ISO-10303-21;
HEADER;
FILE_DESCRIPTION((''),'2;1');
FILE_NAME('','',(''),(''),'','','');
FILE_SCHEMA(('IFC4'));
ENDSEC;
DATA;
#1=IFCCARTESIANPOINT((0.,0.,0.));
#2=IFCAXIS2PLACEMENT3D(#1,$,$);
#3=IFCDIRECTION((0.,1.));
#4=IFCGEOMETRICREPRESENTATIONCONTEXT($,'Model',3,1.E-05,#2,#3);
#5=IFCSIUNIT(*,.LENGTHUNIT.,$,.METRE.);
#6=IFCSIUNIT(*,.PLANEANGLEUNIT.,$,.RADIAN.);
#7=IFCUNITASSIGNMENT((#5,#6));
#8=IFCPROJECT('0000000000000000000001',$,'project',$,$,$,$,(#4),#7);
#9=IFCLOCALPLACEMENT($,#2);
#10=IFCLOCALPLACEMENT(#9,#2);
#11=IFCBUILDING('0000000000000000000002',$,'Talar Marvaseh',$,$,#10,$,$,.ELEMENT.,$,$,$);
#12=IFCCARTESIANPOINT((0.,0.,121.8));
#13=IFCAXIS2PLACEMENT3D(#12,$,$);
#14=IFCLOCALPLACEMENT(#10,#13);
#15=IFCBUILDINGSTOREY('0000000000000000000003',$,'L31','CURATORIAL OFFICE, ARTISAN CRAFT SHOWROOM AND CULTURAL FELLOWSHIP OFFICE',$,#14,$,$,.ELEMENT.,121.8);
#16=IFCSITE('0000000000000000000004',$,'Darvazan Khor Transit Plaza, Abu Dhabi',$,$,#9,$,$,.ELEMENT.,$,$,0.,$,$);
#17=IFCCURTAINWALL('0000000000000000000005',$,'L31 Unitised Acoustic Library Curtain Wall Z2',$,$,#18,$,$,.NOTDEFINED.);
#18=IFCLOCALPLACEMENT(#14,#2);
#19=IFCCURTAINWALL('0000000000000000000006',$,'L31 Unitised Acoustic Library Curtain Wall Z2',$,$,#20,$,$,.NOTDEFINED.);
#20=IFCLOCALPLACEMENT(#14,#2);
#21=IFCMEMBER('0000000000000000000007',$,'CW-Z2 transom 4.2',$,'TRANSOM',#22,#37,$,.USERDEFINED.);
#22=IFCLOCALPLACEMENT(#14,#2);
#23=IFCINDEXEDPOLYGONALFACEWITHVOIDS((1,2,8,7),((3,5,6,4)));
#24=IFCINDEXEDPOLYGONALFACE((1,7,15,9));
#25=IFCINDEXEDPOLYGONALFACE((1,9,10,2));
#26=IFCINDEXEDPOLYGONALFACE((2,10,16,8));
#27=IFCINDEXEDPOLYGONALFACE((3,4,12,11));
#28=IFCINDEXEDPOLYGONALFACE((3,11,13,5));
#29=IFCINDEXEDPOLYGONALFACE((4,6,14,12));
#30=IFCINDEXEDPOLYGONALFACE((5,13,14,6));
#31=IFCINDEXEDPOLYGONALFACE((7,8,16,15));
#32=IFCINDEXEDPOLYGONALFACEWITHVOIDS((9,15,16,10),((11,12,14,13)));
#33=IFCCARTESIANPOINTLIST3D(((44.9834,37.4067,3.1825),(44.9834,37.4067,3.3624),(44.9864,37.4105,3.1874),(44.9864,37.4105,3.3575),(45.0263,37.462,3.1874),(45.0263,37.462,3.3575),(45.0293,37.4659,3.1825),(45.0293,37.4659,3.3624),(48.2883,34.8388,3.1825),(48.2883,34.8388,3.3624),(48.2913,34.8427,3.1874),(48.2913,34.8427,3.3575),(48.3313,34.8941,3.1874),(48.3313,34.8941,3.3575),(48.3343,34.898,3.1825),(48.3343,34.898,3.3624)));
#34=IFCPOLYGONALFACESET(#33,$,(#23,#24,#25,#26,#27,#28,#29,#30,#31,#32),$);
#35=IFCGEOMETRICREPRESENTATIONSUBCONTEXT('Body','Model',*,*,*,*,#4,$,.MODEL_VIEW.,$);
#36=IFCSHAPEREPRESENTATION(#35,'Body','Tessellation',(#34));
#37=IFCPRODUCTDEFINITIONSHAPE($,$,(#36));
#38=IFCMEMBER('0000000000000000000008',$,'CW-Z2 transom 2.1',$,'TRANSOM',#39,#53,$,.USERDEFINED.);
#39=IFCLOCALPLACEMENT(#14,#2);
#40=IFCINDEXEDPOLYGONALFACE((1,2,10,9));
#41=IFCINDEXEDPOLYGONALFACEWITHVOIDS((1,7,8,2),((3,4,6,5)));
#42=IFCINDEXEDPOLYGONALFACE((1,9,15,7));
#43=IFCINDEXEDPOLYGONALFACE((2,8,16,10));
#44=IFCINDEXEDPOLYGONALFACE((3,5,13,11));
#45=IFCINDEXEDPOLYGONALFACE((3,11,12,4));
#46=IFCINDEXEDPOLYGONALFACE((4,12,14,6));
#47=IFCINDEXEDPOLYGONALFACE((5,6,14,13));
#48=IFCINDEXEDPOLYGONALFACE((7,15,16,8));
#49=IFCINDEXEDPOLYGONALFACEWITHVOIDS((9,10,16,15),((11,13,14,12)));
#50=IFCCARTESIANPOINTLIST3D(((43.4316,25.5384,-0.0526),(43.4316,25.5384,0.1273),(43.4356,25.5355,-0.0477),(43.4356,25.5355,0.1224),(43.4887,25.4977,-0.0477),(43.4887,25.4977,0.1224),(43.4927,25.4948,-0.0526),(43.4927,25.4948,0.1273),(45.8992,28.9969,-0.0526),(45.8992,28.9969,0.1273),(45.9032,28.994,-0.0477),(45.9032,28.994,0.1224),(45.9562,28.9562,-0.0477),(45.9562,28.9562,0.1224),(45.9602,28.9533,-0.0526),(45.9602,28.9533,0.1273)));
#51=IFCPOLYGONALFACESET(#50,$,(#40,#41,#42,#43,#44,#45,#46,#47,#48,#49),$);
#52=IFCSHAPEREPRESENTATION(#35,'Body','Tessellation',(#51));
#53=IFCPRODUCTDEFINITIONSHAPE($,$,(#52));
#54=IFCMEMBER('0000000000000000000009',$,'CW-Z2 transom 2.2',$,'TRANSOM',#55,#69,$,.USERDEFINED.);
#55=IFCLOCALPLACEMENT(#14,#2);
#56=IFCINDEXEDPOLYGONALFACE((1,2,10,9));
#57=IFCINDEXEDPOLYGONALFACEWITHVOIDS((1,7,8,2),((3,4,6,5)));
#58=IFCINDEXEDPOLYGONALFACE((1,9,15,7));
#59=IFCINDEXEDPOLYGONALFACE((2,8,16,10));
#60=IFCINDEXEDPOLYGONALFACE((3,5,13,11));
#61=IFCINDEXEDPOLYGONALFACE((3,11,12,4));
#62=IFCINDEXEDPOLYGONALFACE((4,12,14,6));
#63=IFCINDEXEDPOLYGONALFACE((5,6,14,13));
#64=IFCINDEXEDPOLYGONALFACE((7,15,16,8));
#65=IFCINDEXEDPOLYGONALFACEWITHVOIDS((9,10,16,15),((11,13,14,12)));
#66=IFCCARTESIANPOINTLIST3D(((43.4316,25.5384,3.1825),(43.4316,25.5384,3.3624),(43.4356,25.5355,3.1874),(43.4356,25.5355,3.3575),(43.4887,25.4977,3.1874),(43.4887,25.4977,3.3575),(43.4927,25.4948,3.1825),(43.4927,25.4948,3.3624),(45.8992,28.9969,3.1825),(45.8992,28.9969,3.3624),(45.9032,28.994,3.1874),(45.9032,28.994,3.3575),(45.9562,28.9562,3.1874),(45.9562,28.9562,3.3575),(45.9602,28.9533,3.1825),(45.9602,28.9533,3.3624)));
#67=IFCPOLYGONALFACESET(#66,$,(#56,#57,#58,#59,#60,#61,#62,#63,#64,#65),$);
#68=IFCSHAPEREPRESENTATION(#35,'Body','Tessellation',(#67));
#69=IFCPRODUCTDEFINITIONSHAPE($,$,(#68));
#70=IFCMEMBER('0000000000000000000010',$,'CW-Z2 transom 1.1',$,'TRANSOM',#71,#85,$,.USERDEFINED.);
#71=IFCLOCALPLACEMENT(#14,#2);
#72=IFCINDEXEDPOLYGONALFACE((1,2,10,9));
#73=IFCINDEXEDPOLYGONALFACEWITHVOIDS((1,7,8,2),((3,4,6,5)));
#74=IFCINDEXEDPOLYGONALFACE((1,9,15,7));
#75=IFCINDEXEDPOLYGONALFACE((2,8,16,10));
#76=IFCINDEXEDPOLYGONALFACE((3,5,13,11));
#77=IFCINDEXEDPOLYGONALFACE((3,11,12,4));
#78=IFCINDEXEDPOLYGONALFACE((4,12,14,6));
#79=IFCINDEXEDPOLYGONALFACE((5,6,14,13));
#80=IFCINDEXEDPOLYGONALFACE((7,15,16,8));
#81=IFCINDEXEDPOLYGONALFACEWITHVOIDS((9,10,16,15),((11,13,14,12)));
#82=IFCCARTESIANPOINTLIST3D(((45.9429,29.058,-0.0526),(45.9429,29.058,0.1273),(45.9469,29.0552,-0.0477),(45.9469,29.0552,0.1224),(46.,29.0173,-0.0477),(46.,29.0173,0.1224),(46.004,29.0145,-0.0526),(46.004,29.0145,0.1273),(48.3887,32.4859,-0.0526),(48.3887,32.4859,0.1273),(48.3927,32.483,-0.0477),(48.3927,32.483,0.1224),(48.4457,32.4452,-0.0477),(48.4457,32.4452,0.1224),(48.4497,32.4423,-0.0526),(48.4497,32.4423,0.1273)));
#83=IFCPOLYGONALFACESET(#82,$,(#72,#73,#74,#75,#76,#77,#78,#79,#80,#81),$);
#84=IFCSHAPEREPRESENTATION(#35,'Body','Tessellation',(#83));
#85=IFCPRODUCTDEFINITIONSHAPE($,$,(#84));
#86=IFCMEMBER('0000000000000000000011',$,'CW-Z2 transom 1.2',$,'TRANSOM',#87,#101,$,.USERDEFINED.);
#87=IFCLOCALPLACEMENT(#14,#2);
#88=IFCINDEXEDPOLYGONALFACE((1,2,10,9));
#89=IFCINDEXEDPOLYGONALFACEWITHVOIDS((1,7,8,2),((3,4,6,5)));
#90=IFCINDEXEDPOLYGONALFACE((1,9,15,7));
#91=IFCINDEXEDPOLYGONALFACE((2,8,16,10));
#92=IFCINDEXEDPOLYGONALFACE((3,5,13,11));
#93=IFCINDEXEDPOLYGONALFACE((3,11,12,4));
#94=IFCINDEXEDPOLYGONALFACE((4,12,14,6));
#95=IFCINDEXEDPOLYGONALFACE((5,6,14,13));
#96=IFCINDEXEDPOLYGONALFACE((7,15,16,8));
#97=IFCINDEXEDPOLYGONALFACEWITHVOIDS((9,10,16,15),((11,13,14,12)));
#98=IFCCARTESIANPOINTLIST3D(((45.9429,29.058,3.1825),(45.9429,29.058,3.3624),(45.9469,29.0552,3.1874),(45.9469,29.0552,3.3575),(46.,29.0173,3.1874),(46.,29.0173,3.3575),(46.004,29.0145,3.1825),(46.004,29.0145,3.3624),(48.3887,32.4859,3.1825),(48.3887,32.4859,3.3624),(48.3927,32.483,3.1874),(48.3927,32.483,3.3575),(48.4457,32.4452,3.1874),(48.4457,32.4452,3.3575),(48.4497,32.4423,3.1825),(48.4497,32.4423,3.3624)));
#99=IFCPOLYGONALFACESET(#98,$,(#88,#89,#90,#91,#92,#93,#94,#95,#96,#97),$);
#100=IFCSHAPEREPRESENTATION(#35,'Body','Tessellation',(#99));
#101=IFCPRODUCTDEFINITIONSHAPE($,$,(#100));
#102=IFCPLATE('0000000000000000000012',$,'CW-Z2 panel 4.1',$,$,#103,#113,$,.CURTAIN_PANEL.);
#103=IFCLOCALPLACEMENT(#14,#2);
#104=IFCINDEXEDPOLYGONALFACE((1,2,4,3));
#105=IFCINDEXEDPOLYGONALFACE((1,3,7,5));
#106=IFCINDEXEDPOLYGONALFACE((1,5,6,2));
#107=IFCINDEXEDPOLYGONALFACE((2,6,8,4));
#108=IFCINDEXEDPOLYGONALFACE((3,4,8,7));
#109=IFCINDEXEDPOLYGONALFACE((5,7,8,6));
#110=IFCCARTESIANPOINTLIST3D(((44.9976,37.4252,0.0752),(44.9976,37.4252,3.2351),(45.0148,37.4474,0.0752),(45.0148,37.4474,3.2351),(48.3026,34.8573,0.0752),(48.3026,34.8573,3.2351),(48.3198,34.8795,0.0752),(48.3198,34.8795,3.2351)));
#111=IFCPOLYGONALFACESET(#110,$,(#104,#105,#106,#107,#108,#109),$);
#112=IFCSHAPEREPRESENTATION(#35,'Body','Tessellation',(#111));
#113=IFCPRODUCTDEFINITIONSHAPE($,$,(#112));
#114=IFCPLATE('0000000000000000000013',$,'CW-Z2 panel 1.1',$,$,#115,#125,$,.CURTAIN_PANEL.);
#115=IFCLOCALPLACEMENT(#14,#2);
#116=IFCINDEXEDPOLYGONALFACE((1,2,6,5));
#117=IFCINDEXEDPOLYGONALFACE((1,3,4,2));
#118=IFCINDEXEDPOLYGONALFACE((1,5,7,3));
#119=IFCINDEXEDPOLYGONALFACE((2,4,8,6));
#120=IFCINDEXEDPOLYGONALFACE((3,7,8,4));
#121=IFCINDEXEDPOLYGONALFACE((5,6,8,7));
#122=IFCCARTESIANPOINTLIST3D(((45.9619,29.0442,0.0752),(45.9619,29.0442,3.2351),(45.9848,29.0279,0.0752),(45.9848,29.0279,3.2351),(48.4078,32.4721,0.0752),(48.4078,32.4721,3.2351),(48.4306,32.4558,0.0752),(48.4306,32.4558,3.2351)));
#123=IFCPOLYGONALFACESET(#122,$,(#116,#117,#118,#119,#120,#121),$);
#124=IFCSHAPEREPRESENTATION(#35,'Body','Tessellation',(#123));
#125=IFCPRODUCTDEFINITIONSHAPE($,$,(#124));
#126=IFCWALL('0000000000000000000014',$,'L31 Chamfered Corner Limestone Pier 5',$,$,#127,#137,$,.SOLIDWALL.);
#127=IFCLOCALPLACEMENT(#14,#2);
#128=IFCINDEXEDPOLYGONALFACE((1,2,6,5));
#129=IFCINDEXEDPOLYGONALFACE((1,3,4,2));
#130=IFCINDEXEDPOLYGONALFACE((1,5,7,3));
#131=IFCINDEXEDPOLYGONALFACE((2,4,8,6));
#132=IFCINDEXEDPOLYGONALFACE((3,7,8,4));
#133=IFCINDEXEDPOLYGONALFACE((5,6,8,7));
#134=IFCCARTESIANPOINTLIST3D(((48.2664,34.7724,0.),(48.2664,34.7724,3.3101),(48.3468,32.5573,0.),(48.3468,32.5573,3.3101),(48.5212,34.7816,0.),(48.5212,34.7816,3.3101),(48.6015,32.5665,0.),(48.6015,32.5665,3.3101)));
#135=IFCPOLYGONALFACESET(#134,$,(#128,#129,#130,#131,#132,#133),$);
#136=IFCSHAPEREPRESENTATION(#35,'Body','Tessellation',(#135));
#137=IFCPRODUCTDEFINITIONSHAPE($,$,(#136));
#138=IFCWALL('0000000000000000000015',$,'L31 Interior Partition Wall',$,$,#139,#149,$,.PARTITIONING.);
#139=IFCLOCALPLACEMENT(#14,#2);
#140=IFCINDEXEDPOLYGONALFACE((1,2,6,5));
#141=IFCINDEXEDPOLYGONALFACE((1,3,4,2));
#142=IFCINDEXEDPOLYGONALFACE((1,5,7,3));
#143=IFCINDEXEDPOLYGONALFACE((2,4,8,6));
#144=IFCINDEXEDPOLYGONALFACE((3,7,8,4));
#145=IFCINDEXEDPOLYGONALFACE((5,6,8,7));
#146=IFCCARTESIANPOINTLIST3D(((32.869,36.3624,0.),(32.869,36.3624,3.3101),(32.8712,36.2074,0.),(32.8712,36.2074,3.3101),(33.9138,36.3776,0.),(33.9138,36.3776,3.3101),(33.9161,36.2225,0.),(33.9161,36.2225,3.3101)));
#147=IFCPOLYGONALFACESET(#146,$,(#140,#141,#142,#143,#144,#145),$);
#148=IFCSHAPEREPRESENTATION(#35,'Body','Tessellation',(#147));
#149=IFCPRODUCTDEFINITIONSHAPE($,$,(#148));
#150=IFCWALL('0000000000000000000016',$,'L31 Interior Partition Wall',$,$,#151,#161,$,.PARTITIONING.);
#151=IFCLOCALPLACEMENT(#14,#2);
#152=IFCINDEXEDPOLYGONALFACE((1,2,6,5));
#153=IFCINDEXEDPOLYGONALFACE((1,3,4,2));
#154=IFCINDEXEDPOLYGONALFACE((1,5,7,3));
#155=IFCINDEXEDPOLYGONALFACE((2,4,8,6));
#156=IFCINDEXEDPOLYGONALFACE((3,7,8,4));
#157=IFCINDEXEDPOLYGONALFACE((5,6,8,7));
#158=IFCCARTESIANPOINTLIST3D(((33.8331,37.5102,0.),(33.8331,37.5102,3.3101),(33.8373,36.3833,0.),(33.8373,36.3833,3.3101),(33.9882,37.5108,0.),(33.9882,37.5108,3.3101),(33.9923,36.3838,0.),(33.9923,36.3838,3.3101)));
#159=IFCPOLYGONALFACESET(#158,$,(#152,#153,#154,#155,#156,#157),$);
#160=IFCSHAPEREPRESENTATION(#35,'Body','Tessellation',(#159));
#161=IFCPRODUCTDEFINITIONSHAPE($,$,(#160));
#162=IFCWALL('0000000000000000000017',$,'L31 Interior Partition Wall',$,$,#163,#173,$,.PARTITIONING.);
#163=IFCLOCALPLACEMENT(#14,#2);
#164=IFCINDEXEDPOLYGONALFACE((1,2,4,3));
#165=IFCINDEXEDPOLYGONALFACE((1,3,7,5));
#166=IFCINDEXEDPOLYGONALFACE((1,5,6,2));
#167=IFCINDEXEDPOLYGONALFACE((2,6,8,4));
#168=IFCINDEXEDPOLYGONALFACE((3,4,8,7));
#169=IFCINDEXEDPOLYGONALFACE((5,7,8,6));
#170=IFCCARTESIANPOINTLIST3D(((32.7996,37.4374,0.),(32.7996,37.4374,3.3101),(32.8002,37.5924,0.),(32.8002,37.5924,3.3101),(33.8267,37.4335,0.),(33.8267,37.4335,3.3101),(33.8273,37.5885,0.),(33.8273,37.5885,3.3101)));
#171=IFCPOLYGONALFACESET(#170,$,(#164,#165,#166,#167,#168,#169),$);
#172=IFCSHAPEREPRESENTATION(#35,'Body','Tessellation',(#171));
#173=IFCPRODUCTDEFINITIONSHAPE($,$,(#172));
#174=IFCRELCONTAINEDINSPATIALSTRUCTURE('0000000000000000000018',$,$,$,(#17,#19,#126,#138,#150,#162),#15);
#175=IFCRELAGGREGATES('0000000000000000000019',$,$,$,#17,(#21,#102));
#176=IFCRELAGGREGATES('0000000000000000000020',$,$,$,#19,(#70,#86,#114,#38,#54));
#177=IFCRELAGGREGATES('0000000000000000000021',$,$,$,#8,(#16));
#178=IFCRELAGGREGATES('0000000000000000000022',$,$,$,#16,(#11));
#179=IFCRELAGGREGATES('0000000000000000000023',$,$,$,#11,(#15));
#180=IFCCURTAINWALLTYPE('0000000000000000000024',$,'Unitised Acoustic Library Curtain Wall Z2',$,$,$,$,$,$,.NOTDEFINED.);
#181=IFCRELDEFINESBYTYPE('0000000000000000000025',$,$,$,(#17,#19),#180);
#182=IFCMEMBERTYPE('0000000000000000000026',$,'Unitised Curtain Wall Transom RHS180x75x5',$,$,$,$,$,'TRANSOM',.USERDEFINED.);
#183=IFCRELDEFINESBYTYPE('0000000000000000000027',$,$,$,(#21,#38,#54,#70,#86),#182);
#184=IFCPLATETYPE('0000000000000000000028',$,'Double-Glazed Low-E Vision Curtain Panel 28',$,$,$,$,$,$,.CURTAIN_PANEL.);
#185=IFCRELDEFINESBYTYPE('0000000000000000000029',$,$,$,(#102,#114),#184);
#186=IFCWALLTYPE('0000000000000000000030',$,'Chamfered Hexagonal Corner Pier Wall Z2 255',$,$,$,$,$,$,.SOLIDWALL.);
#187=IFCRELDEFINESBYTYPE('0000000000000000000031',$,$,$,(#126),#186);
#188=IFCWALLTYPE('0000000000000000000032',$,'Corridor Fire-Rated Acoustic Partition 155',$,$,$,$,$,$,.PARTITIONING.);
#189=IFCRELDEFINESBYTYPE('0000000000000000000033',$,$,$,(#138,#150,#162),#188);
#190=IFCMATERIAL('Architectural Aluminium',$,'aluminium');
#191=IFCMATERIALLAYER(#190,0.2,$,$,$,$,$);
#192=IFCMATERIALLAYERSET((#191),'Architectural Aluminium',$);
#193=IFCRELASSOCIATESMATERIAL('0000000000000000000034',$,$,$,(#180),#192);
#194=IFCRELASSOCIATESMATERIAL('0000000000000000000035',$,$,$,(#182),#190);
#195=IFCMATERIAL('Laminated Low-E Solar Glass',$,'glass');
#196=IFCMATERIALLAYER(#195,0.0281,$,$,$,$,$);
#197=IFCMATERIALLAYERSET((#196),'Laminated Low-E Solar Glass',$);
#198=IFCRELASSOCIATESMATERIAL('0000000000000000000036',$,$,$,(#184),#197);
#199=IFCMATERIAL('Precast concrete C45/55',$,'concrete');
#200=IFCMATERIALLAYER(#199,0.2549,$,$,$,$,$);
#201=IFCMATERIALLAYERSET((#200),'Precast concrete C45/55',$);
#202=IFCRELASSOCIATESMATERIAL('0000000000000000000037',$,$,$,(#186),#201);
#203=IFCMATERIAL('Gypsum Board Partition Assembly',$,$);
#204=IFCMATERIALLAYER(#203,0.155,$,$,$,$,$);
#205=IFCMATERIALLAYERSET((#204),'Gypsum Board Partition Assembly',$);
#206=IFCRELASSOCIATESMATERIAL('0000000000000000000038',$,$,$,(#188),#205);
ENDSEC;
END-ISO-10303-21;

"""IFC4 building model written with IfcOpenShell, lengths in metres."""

from ifc_helpers import new_model, si_unit, direction, frame, frame_2d, origin, origin_2d, place, context, subcontext, project, spatial, rectangle, hollow_rectangle, extrude, source, transform, mapped, material, layer, layer_set, material_profile, profile_set, type_object, type_shapes, element, aggregate, save


model = new_model("IFC4")

# Units and contexts
model_context = context("Model", 3, precision=1e-05, world=origin(), true_north=direction((0.0, 1.0)))
body_context = subcontext(model_context, "Body", "Model", "MODEL_VIEW")
ifc_project = project(units=[si_unit("LENGTHUNIT", "METRE"), si_unit("PLANEANGLEUNIT", "RADIAN")], contexts=[model_context])

# Site, building, storey
site_placement = place(None, origin())
site = spatial("IfcSite", under=ifc_project, at=site_placement, Name="Darvazan Khor Transit Plaza, Abu Dhabi", CompositionType="ELEMENT", RefElevation=0.0)
building_placement = place(site_placement, origin())
building = spatial("IfcBuilding", under=site, at=building_placement, Name="Talar Marvaseh", CompositionType="ELEMENT")
storey_placement = place(building_placement, frame((0.0, 0.0, 121.8)))
storey = spatial("IfcBuildingStorey", under=building, at=storey_placement, Name="L31", Description="CURATORIAL OFFICE, ARTISAN CRAFT SHOWROOM AND CULTURAL FELLOWSHIP OFFICE", CompositionType="ELEMENT", Elevation=121.8)

# Curtain walls
ifc_material_1 = material(Name="Architectural Aluminium", Category="aluminium")
ifc_layer_1 = layer(ifc_material_1, 0.2)
ifc_layer_set_1 = layer_set([ifc_layer_1], Name="Architectural Aluminium")
curtain_wall_type = type_object("IfcCurtainWallType", Name="Unitised Acoustic Library Curtain Wall Z2", PredefinedType="NOTDEFINED", material=ifc_layer_set_1)
curtain_wall_1_placement = place(storey_placement, origin())
curtain_wall_1 = element("IfcCurtainWall", 1, at=curtain_wall_1_placement, inside=storey, type_object=curtain_wall_type, Name="L31 Unitised Acoustic Library Curtain Wall Z2", PredefinedType="NOTDEFINED")
curtain_wall_2_placement = place(storey_placement, origin())
curtain_wall_2 = element("IfcCurtainWall", 2, at=curtain_wall_2_placement, inside=storey, type_object=curtain_wall_type, Name="L31 Unitised Acoustic Library Curtain Wall Z2", PredefinedType="NOTDEFINED")

# Members
ifc_material_profile_1 = material_profile(ifc_material_1, hollow_rectangle(XDim=0.075, YDim=0.1799, WallThickness=0.0049, at=origin_2d()), Name="RHS180x75x5")
ifc_profile_set_1 = profile_set([ifc_material_profile_1], Name="Architectural Aluminium")
member_type_1 = type_object("IfcMemberType", Name="Unitised Curtain Wall Transom RHS180x75x5", ElementType="TRANSOM", PredefinedType="USERDEFINED", material=ifc_profile_set_1)
shared_shape_1 = source(origin(), body_context, "Body", "SweptSolid", [
    extrude(hollow_rectangle(XDim=0.075, YDim=0.1799, WallThickness=0.0049, at=origin_2d()), origin(), (0.0, 0.0, 1.0), 4.1853),
])
member_1_placement = place(storey_placement, frame((45.0063, 37.4363, 3.2725), z_axis=(0.789657, -0.613549, 0.0), x_axis=(0.613549, 0.789657, 0.0)))
member_1 = element("IfcMember", 3, at=member_1_placement, type_object=member_type_1, Name="CW-Z2 transom 4.2", ObjectType="TRANSOM", PredefinedType="USERDEFINED", context=body_context, shape_type="MappedRepresentation", body=[
    mapped(shared_shape_1, transform((0.0, 0.0, 0.0), x_axis=(1.0, 0.0, 0.0), y_axis=(0.0, 1.0, 0.0), z_axis=(0.0, 0.0, 1.0), scale=1.0)),
])
shared_shape_2 = source(origin(), body_context, "Body", "SweptSolid", [
    extrude(hollow_rectangle(XDim=0.075, YDim=0.1799, WallThickness=0.0049, at=origin_2d()), origin(), (0.0, 0.0, 1.0), 4.2485),
])
member_2_placement = place(storey_placement, frame((45.9297, 28.9751, 0.0374), z_axis=(-0.580798, -0.814048, 0.0), x_axis=(0.814048, -0.580798, 0.0)))
member_2 = element("IfcMember", 4, at=member_2_placement, type_object=member_type_1, Name="CW-Z2 transom 2.1", ObjectType="TRANSOM", PredefinedType="USERDEFINED", context=body_context, shape_type="MappedRepresentation", body=[
    mapped(shared_shape_2, transform((0.0, 0.0, 0.0), x_axis=(1.0, 0.0, 0.0), y_axis=(0.0, 1.0, 0.0), z_axis=(0.0, 0.0, 1.0), scale=1.0)),
])
member_3_placement = place(storey_placement, frame((45.9297, 28.9751, 3.2725), z_axis=(-0.580798, -0.814048, 0.0), x_axis=(0.814048, -0.580798, 0.0)))
member_3 = element("IfcMember", 5, at=member_3_placement, type_object=member_type_1, Name="CW-Z2 transom 2.2", ObjectType="TRANSOM", PredefinedType="USERDEFINED", context=body_context, shape_type="MappedRepresentation", body=[
    mapped(shared_shape_2, transform((0.0, 0.0, 0.0), x_axis=(1.0, 0.0, 0.0), y_axis=(0.0, 1.0, 0.0), z_axis=(0.0, 0.0, 1.0), scale=1.0)),
])
shared_shape_3 = source(origin(), body_context, "Body", "SweptSolid", [
    extrude(hollow_rectangle(XDim=0.075, YDim=0.1799, WallThickness=0.0049, at=origin_2d()), origin(), (0.0, 0.0, 1.0), 4.2109),
])
type_shapes(member_type_1, [shared_shape_1, shared_shape_2, shared_shape_3])
member_4_placement = place(storey_placement, frame((48.4192, 32.4641, 0.0374), z_axis=(-0.580805, -0.814043, 0.0), x_axis=(0.814043, -0.580805, 0.0)))
member_4 = element("IfcMember", 6, at=member_4_placement, type_object=member_type_1, Name="CW-Z2 transom 1.1", ObjectType="TRANSOM", PredefinedType="USERDEFINED", context=body_context, shape_type="MappedRepresentation", body=[
    mapped(shared_shape_3, transform((0.0, 0.0, 0.0), x_axis=(1.0, 0.0, 0.0), y_axis=(0.0, 1.0, 0.0), z_axis=(0.0, 0.0, 1.0), scale=1.0)),
])
member_5_placement = place(storey_placement, frame((48.4192, 32.4641, 3.2725), z_axis=(-0.580805, -0.814043, 0.0), x_axis=(0.814043, -0.580805, 0.0)))
member_5 = element("IfcMember", 7, at=member_5_placement, type_object=member_type_1, Name="CW-Z2 transom 1.2", ObjectType="TRANSOM", PredefinedType="USERDEFINED", context=body_context, shape_type="MappedRepresentation", body=[
    mapped(shared_shape_3, transform((0.0, 0.0, 0.0), x_axis=(1.0, 0.0, 0.0), y_axis=(0.0, 1.0, 0.0), z_axis=(0.0, 0.0, 1.0), scale=1.0)),
])

# Plates
ifc_material_2 = material(Name="Laminated Low-E Solar Glass", Category="glass")
ifc_layer_2 = layer(ifc_material_2, 0.0281)
ifc_layer_set_2 = layer_set([ifc_layer_2], Name="Laminated Low-E Solar Glass")
plate_type = type_object("IfcPlateType", Name="Double-Glazed Low-E Vision Curtain Panel 28", PredefinedType="CURTAIN_PANEL", material=ifc_layer_set_2)
shared_shape_4 = source(origin(), body_context, "Body", "SweptSolid", [
    extrude(rectangle(XDim=4.1853, YDim=0.0281, at=origin_2d()), origin(), (0.0, 0.0, 1.0), 3.1599),
])
plate_1_placement = place(storey_placement, frame((46.6587, 36.1523, 0.0752), z_axis=(0.0, 0.0, 1.0), x_axis=(0.78966, -0.613545, 0.0)))
plate_1 = element("IfcPlate", 8, at=plate_1_placement, type_object=plate_type, Name="CW-Z2 panel 4.1", PredefinedType="CURTAIN_PANEL", context=body_context, shape_type="MappedRepresentation", body=[
    mapped(shared_shape_4, transform((0.0, 0.0, 0.0), x_axis=(1.0, 0.0, 0.0), y_axis=(0.0, 1.0, 0.0), z_axis=(0.0, 0.0, 1.0), scale=1.0)),
])
aggregate(curtain_wall_1, [member_1, plate_1])
shared_shape_5 = source(origin(), body_context, "Body", "SweptSolid", [
    extrude(rectangle(XDim=4.2109, YDim=0.0281, at=origin_2d()), origin(), (0.0, 0.0, 1.0), 3.1599),
])
type_shapes(plate_type, [shared_shape_4, shared_shape_5])
plate_2_placement = place(storey_placement, frame((47.1963, 30.75, 0.0752), z_axis=(0.0, 0.0, 1.0), x_axis=(-0.580829, -0.814026, 0.0)))
plate_2 = element("IfcPlate", 9, at=plate_2_placement, type_object=plate_type, Name="CW-Z2 panel 1.1", PredefinedType="CURTAIN_PANEL", context=body_context, shape_type="MappedRepresentation", body=[
    mapped(shared_shape_5, transform((0.0, 0.0, 0.0), x_axis=(1.0, 0.0, 0.0), y_axis=(0.0, 1.0, 0.0), z_axis=(0.0, 0.0, 1.0), scale=1.0)),
])
aggregate(curtain_wall_2, [member_4, member_5, plate_2, member_2, member_3])

# Walls
ifc_material_3 = material(Name="Precast concrete C45/55", Category="concrete")
ifc_layer_3 = layer(ifc_material_3, 0.2549)
ifc_layer_set_3 = layer_set([ifc_layer_3], Name="Precast concrete C45/55")
wall_type_1 = type_object("IfcWallType", Name="Chamfered Hexagonal Corner Pier Wall Z2 255", PredefinedType="SOLIDWALL", material=ifc_layer_set_3)
wall_1_placement = place(storey_placement, frame((48.3938, 34.7771, 0.0), z_axis=(0.0, 0.0, 1.0), x_axis=(0.036238, -0.999343, 0.0)))
element("IfcWall", 10, at=wall_1_placement, inside=storey, type_object=wall_type_1, Name="L31 Chamfered Corner Limestone Pier 5", PredefinedType="SOLIDWALL", context=body_context, shape_type="SweptSolid", body=[
    extrude(rectangle(XDim=2.2166, YDim=0.2549, at=frame_2d((1.1084, 0.0))), origin(), (0.0, 0.0, 1.0), 3.3101),
])
ifc_material_4 = material(Name="Gypsum Board Partition Assembly")
ifc_layer_4 = layer(ifc_material_4, 0.155)
ifc_layer_set_4 = layer_set([ifc_layer_4], Name="Gypsum Board Partition Assembly")
wall_type_2 = type_object("IfcWallType", Name="Corridor Fire-Rated Acoustic Partition 155", PredefinedType="PARTITIONING", material=ifc_layer_set_4)
wall_2_placement = place(storey_placement, frame((32.8701, 36.2849, 0.0), z_axis=(0.0, 0.0, 1.0), x_axis=(0.999895, 0.014484, 0.0)))
element("IfcWall", 11, at=wall_2_placement, inside=storey, type_object=wall_type_2, Name="L31 Interior Partition Wall", PredefinedType="PARTITIONING", context=body_context, shape_type="SweptSolid", body=[
    extrude(rectangle(XDim=1.0449, YDim=0.155, at=frame_2d((0.5225, 0.0))), origin(), (0.0, 0.0, 1.0), 3.3101),
])
wall_3_placement = place(storey_placement, frame((33.9148, 36.3835, 0.0), z_axis=(0.0, 0.0, 1.0), x_axis=(-0.003683, 0.999993, 0.0)))
element("IfcWall", 12, at=wall_3_placement, inside=storey, type_object=wall_type_2, Name="L31 Interior Partition Wall", PredefinedType="PARTITIONING", context=body_context, shape_type="SweptSolid", body=[
    extrude(rectangle(XDim=1.127, YDim=0.155, at=frame_2d((0.5635, 0.0))), origin(), (0.0, 0.0, 1.0), 3.3101),
])
wall_4_placement = place(storey_placement, frame((33.8271, 37.511, 0.0), z_axis=(0.0, 0.0, 1.0), x_axis=(-0.999993, 0.003803, 0.0)))
element("IfcWall", 13, at=wall_4_placement, inside=storey, type_object=wall_type_2, Name="L31 Interior Partition Wall", PredefinedType="PARTITIONING", context=body_context, shape_type="SweptSolid", body=[
    extrude(rectangle(XDim=1.0271, YDim=0.155, at=frame_2d((0.5137, 0.0))), origin(), (0.0, 0.0, 1.0), 3.3101),
])

save(model, "model.ifc")
